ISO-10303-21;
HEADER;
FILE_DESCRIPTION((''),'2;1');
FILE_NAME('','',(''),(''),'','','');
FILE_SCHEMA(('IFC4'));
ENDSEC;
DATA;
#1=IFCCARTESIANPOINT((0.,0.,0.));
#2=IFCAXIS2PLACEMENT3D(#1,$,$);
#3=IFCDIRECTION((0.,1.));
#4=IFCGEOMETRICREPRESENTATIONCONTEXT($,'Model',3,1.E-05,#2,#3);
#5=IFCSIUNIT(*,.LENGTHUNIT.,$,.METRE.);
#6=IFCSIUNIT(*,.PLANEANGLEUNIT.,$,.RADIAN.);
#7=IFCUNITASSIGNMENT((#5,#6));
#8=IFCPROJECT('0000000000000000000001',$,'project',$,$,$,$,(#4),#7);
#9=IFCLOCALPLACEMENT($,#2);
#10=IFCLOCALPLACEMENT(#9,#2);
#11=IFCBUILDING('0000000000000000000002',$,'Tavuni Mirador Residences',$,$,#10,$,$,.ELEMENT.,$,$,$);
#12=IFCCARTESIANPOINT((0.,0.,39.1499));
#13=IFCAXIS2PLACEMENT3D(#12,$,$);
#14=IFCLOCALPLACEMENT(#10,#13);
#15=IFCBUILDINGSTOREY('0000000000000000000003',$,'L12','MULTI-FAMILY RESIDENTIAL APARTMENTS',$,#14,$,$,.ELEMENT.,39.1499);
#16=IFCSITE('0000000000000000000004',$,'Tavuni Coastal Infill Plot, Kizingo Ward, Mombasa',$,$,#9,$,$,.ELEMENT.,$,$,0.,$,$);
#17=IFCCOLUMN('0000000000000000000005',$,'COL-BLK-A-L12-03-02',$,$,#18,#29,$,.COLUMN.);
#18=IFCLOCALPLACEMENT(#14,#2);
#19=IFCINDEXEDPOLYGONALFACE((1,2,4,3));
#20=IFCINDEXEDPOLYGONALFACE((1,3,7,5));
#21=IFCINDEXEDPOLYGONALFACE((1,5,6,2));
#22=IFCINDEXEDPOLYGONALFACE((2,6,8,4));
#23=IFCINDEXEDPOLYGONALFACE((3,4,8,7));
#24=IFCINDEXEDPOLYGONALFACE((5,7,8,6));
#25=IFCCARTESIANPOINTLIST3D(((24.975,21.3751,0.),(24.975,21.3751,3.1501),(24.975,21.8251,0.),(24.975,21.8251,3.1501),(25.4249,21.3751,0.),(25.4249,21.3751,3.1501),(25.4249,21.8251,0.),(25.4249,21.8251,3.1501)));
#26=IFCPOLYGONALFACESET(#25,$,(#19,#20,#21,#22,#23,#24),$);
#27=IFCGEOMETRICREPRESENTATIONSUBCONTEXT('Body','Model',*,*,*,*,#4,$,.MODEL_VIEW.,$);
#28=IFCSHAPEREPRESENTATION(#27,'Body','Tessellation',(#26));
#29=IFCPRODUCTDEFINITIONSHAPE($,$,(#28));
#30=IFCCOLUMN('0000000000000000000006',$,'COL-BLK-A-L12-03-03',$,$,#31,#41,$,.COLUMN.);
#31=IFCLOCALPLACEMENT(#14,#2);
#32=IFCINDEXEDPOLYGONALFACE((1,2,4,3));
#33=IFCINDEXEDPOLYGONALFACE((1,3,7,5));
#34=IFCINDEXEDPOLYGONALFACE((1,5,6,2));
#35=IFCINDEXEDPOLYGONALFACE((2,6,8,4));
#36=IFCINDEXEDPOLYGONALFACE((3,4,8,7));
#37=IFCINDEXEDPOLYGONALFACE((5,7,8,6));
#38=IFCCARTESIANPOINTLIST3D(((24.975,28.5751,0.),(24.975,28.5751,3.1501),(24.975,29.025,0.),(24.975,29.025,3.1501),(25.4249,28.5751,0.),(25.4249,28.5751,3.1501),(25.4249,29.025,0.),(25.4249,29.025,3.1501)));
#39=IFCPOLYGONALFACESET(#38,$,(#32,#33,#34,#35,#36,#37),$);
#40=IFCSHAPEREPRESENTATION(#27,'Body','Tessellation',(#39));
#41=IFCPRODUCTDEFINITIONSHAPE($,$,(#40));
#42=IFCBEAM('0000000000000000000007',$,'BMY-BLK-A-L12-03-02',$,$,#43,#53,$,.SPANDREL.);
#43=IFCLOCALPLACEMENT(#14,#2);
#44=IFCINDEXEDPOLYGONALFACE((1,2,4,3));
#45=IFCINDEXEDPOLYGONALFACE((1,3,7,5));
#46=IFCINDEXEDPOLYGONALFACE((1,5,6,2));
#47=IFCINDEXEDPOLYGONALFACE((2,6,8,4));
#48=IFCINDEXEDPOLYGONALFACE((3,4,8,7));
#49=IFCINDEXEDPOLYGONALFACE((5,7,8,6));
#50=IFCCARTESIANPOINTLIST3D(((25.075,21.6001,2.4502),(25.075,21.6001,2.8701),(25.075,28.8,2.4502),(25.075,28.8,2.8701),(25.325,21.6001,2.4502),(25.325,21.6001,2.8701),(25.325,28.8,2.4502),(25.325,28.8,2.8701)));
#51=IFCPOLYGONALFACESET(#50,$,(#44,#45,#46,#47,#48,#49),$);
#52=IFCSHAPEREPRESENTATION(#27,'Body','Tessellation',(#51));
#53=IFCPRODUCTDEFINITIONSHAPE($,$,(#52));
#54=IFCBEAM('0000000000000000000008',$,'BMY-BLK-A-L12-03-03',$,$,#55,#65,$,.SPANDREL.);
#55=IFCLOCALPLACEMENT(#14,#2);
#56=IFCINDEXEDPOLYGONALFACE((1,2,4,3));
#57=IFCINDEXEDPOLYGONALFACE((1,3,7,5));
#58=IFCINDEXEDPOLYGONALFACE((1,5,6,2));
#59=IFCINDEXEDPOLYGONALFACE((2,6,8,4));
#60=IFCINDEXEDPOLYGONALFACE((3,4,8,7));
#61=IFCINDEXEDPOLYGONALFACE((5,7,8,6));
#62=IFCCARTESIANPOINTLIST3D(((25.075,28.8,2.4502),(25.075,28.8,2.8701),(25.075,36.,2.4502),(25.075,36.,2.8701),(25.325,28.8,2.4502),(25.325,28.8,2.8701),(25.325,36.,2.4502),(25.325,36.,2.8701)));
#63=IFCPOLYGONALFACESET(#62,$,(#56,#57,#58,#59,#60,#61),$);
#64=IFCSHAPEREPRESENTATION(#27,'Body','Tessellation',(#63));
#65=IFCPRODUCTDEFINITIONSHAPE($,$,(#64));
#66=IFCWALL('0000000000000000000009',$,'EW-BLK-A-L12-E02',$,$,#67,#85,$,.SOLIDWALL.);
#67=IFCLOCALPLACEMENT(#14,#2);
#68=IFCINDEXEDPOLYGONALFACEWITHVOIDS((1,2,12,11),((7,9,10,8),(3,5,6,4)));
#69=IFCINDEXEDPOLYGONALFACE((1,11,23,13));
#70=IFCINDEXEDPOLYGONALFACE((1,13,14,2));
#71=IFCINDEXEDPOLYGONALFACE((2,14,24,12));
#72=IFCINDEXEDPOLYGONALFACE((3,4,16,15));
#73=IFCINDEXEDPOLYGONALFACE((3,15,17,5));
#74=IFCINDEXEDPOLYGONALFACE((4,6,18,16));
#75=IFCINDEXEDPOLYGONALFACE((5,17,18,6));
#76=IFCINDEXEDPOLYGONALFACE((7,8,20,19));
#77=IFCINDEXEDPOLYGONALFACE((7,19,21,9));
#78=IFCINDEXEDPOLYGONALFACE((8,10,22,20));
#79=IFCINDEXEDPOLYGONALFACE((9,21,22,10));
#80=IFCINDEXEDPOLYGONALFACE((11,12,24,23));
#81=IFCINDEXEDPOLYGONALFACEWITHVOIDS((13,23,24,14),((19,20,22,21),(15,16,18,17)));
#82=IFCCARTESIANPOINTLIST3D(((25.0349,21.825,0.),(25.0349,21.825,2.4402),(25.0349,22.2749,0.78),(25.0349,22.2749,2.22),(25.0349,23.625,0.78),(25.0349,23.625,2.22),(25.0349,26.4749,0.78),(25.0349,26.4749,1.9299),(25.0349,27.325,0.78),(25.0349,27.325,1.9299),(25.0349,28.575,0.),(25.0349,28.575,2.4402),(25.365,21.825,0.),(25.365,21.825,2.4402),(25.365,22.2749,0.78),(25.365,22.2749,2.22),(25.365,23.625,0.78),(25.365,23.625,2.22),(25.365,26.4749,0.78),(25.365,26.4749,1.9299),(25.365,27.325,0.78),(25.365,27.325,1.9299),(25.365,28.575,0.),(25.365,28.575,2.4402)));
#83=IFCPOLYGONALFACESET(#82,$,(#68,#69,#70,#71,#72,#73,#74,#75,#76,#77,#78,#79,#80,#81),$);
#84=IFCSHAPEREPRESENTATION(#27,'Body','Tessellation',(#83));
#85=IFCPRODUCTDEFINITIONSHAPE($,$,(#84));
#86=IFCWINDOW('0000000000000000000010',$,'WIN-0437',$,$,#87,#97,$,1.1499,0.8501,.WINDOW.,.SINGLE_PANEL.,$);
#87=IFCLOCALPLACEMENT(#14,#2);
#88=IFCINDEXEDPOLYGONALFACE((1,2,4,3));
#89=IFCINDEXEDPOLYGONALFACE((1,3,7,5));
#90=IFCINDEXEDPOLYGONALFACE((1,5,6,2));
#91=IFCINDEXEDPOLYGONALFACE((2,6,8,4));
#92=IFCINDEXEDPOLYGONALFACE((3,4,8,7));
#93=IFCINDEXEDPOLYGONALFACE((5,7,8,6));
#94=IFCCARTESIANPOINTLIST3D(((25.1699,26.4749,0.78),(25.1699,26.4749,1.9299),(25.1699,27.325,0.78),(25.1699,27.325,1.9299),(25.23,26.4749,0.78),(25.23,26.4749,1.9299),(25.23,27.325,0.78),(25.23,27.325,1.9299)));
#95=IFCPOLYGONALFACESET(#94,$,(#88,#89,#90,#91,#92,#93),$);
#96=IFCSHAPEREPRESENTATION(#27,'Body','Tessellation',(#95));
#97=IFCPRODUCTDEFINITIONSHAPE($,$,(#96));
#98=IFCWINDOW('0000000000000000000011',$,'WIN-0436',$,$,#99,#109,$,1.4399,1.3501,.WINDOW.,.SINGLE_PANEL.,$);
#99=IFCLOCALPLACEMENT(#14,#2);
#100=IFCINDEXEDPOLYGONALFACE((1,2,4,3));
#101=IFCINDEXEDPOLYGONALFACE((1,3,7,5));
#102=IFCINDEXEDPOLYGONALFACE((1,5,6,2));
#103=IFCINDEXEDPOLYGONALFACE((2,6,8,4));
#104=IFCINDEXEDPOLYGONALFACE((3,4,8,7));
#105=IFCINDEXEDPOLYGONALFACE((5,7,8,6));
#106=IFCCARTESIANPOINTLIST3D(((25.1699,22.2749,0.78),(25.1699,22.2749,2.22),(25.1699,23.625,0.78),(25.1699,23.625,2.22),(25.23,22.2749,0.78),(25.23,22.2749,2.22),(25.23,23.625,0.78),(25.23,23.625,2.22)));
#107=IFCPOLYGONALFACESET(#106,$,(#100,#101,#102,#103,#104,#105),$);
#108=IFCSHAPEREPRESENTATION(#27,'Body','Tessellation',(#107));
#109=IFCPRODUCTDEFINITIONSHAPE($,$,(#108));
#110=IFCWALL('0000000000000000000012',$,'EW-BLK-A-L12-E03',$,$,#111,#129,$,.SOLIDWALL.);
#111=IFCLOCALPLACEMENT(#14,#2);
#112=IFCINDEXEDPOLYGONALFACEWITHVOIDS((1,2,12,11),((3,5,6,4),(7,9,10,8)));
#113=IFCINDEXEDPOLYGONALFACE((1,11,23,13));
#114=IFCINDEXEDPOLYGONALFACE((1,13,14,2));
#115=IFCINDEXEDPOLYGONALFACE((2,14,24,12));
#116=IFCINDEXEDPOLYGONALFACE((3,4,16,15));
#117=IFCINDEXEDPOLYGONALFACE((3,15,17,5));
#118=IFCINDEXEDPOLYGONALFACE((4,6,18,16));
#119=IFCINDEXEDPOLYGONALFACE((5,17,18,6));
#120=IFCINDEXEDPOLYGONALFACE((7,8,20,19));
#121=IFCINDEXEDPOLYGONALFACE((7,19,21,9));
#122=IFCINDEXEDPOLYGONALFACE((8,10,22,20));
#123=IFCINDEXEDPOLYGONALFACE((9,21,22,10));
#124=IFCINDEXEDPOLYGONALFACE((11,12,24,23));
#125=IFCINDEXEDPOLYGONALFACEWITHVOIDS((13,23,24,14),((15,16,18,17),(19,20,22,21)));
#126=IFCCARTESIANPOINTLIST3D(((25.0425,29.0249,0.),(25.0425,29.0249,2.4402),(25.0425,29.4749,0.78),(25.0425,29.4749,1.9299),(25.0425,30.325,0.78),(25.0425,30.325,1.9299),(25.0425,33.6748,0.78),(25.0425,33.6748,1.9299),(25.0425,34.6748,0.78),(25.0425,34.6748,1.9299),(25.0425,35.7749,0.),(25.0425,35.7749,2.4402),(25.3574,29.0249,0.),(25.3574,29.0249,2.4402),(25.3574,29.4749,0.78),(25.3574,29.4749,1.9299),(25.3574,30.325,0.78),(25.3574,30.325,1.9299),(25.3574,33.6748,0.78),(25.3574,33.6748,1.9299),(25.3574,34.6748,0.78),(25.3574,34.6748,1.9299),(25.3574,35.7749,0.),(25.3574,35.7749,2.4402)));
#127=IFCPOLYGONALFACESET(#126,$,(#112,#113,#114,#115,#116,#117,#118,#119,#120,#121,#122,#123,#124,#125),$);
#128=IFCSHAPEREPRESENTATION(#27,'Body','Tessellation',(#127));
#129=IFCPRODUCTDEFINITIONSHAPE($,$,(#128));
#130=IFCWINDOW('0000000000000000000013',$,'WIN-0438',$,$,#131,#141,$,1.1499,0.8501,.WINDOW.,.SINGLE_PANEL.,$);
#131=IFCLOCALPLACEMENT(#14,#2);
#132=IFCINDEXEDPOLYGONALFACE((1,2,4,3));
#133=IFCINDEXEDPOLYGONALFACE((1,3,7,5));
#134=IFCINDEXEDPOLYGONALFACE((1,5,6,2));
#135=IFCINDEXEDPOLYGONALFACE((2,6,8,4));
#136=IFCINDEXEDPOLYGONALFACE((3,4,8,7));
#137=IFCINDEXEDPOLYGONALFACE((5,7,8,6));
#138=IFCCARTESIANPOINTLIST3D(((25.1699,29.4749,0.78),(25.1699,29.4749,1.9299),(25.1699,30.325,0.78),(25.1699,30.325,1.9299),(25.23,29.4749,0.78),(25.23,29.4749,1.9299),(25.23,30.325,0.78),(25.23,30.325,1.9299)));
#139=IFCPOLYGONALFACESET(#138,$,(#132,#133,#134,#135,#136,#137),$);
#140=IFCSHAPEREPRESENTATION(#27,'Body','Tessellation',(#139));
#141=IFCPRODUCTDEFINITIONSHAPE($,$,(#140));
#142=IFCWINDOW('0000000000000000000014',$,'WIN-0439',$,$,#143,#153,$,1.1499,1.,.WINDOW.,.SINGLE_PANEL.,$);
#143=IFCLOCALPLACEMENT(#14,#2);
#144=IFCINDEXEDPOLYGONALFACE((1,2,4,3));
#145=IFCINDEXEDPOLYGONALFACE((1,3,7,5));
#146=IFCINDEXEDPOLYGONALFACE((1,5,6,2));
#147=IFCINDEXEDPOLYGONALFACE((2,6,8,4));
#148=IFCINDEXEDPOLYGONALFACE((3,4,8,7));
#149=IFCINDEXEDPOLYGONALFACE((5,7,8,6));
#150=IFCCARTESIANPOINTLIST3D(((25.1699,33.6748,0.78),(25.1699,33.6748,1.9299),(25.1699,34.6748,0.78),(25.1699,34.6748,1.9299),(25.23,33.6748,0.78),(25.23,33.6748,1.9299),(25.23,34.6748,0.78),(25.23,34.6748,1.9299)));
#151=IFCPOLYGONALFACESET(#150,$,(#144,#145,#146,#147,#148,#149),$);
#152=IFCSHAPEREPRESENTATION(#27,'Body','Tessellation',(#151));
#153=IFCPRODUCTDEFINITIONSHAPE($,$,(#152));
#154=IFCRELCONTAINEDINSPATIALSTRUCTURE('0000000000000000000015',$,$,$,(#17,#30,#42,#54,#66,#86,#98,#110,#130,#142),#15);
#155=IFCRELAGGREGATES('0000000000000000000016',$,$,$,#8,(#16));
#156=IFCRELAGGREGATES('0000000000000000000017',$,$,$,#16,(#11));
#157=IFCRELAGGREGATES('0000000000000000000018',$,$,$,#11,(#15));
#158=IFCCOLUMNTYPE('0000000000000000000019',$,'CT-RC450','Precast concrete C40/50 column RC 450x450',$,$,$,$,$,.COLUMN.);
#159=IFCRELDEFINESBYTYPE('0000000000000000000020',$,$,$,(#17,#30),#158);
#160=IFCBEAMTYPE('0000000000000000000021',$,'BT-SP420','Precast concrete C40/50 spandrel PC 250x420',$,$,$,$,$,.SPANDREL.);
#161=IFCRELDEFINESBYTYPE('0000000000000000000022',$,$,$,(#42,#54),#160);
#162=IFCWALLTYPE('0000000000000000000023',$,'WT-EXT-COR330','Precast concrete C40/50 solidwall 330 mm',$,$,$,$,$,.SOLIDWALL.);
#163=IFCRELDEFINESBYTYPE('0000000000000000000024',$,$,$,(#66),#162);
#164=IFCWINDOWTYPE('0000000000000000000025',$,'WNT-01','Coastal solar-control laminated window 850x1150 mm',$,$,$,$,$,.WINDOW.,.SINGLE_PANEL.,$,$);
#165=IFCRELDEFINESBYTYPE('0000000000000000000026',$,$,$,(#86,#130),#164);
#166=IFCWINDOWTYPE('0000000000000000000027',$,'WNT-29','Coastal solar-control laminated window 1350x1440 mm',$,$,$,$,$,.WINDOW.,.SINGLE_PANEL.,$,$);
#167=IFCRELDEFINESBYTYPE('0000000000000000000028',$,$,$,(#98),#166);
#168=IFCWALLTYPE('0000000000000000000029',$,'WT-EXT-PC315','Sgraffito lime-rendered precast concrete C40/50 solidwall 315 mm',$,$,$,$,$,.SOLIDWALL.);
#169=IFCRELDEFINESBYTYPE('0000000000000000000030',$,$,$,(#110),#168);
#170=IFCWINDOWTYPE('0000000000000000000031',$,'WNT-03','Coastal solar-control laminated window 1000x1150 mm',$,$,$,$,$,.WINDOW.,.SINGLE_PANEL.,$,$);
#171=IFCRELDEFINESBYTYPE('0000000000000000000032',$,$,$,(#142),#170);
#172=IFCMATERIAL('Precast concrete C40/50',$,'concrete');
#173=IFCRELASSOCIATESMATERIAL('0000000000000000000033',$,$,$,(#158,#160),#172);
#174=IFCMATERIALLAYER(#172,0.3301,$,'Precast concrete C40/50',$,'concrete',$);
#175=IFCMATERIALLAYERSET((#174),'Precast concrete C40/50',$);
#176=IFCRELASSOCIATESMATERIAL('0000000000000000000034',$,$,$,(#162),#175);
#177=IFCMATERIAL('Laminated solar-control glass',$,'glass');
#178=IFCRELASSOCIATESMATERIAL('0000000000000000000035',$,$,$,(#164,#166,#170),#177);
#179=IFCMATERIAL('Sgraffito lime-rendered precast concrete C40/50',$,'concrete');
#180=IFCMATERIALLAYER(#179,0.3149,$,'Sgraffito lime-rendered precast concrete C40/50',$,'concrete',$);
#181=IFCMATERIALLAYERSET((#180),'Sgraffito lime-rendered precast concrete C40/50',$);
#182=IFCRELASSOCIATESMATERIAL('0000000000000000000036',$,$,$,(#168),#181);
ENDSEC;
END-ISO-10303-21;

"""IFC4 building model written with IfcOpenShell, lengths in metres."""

from ifc_helpers import new_model, si_unit, direction, frame, frame_2d, origin, origin_2d, place, context, subcontext, project, spatial, rectangle, extrude, material, layer, layer_set, material_profile, profile_set, type_object, element, fill, save


model = new_model("IFC4")

# Units and contexts
model_context = context("Model", 3, precision=1e-05, world=origin(), true_north=direction((0.0, 1.0)))
body_context = subcontext(model_context, "Body", "Model", "MODEL_VIEW")
ifc_project = project(units=[si_unit("LENGTHUNIT", "METRE"), si_unit("PLANEANGLEUNIT", "RADIAN")], contexts=[model_context])

# Site, building, storey
site_placement = place(None, origin())
site = spatial("IfcSite", under=ifc_project, at=site_placement, Name="Tavuni Coastal Infill Plot, Kizingo Ward, Mombasa", CompositionType="ELEMENT", RefElevation=0.0)
building_placement = place(site_placement, origin())
building = spatial("IfcBuilding", under=site, at=building_placement, Name="Tavuni Mirador Residences", CompositionType="ELEMENT")
storey_placement = place(building_placement, frame((0.0, 0.0, 39.1499)))
storey = spatial("IfcBuildingStorey", under=building, at=storey_placement, Name="L12", Description="MULTI-FAMILY RESIDENTIAL APARTMENTS", CompositionType="ELEMENT", Elevation=39.1499)

# Columns
ifc_material_1 = material(Name="Precast concrete C40/50", Category="concrete")
ifc_material_profile_1 = material_profile(ifc_material_1, rectangle(XDim=0.45, YDim=0.45, at=origin_2d()), Name="RC 450x450", Category="concrete")
ifc_profile_set_1 = profile_set([ifc_material_profile_1], Name="Precast concrete C40/50")
column_type = type_object("IfcColumnType", Name="CT-RC450", Description="Precast concrete C40/50 column RC 450x450", PredefinedType="COLUMN", material=ifc_profile_set_1)
for number, where, z_axis, x_axis, name in (
    (1, (25.2, 21.6001, 0.0), (0.0, 0.0, 1.0), (1.0, 0.0, 0.0), "COL-BLK-A-L12-03-02"),
    (2, (25.2, 28.8, 0.0), (0.0, 0.0, 1.0), (1.0, 0.0, 0.0), "COL-BLK-A-L12-03-03"),
):
    element("IfcColumn", number, at=place(storey_placement, frame(where, z_axis=z_axis, x_axis=x_axis)), inside=storey, type_object=column_type, Name=name, PredefinedType="COLUMN", context=body_context, shape_type="SweptSolid", body=[
        extrude(rectangle(XDim=0.45, YDim=0.45, at=origin_2d()), origin(), (0.0, 0.0, 1.0), 3.1501),
    ])

# Beams
ifc_material_profile_2 = material_profile(ifc_material_1, rectangle(XDim=0.25, YDim=0.4199, at=origin_2d()), Name="PC 250x420", Category="concrete")
ifc_profile_set_2 = profile_set([ifc_material_profile_2], Name="Precast concrete C40/50")
beam_type = type_object("IfcBeamType", Name="BT-SP420", Description="Precast concrete C40/50 spandrel PC 250x420", PredefinedType="SPANDREL", material=ifc_profile_set_2)
for number, where, z_axis, x_axis, name in (
    (3, (25.2, 21.6001, 2.6602), (0.0, 1.0, 0.0), (-1.0, 0.0, 0.0), "BMY-BLK-A-L12-03-02"),
    (4, (25.2, 28.8, 2.6602), (0.0, 1.0, 0.0), (-1.0, 0.0, 0.0), "BMY-BLK-A-L12-03-03"),
):
    element("IfcBeam", number, at=place(storey_placement, frame(where, z_axis=z_axis, x_axis=x_axis)), inside=storey, type_object=beam_type, Name=name, PredefinedType="SPANDREL", context=body_context, shape_type="SweptSolid", body=[
        extrude(rectangle(XDim=0.25, YDim=0.4199, at=origin_2d()), origin(), (0.0, 0.0, 1.0), 7.2),
    ])

# Walls, openings, windows
ifc_layer_1 = layer(ifc_material_1, 0.3301, Name="Precast concrete C40/50", Category="concrete")
ifc_layer_set_1 = layer_set([ifc_layer_1], Name="Precast concrete C40/50")
wall_type_1 = type_object("IfcWallType", Name="WT-EXT-COR330", Description="Precast concrete C40/50 solidwall 330 mm", PredefinedType="SOLIDWALL", material=ifc_layer_set_1)
wall_1_placement = place(storey_placement, frame((25.2, 21.825, 0.0), z_axis=(0.0, 0.0, 1.0), x_axis=(0.0, 1.0, 0.0)))
wall_1 = element("IfcWall", 5, at=wall_1_placement, inside=storey, type_object=wall_type_1, Name="EW-BLK-A-L12-E02", PredefinedType="SOLIDWALL", context=body_context, shape_type="SweptSolid", body=[
    extrude(rectangle(XDim=6.75, YDim=0.3301, at=frame_2d((3.375, 0.0))), origin(), (0.0, 0.0, 1.0), 2.4402),
])
opening_1_placement = place(wall_1_placement, frame((0.45, 0.0, 0.78)))
opening_1 = element("IfcOpeningElement", 6, at=opening_1_placement, cuts=wall_1, PredefinedType="OPENING", context=body_context, shape_type="SweptSolid", body=[
    extrude(rectangle(XDim=1.3501, YDim=1.4399, at=frame_2d((0.675, 0.72))), frame((0.0, 0.175, 0.0), z_axis=(0.0, -1.0, 0.0), x_axis=(1.0, 0.0, 0.0)), (0.0, 0.0, 1.0), 0.3501),
])
opening_2_placement = place(wall_1_placement, frame((4.6499, 0.0, 0.78)))
opening_2 = element("IfcOpeningElement", 7, at=opening_2_placement, cuts=wall_1, PredefinedType="OPENING", context=body_context, shape_type="SweptSolid", body=[
    extrude(rectangle(XDim=0.8501, YDim=1.1499, at=frame_2d((0.425, 0.575))), frame((0.0, 0.175, 0.0), z_axis=(0.0, -1.0, 0.0), x_axis=(1.0, 0.0, 0.0)), (0.0, 0.0, 1.0), 0.3501),
])
ifc_material_2 = material(Name="Laminated solar-control glass", Category="glass")
window_type_1 = type_object("IfcWindowType", Name="WNT-01", Description="Coastal solar-control laminated window 850x1150 mm", PartitioningType="SINGLE_PANEL", PredefinedType="WINDOW", material=ifc_material_2)
window_1_placement = place(opening_2_placement, origin())
window_1 = element("IfcWindow", 8, at=window_1_placement, inside=storey, type_object=window_type_1, Name="WIN-0437", OverallHeight=1.1499, OverallWidth=0.8501, PartitioningType="SINGLE_PANEL", PredefinedType="WINDOW", context=body_context, shape_type="SweptSolid", body=[
    extrude(rectangle(XDim=0.8501, YDim=1.1499, at=frame_2d((0.425, 0.575))), frame((0.0, 0.03, 0.0), z_axis=(0.0, -1.0, 0.0), x_axis=(1.0, 0.0, 0.0)), (0.0, 0.0, 1.0), 0.0601),
])
fill(opening_2, window_1)
window_type_2 = type_object("IfcWindowType", Name="WNT-29", Description="Coastal solar-control laminated window 1350x1440 mm", PartitioningType="SINGLE_PANEL", PredefinedType="WINDOW", material=ifc_material_2)
window_2_placement = place(opening_1_placement, origin())
window_2 = element("IfcWindow", 9, at=window_2_placement, inside=storey, type_object=window_type_2, Name="WIN-0436", OverallHeight=1.4399, OverallWidth=1.3501, PartitioningType="SINGLE_PANEL", PredefinedType="WINDOW", context=body_context, shape_type="SweptSolid", body=[
    extrude(rectangle(XDim=1.3501, YDim=1.4399, at=frame_2d((0.675, 0.72))), frame((0.0, 0.03, 0.0), z_axis=(0.0, -1.0, 0.0), x_axis=(1.0, 0.0, 0.0)), (0.0, 0.0, 1.0), 0.0601),
])
fill(opening_1, window_2)
ifc_material_3 = material(Name="Sgraffito lime-rendered precast concrete C40/50", Category="concrete")
ifc_layer_2 = layer(ifc_material_3, 0.3149, Name="Sgraffito lime-rendered precast concrete C40/50", Category="concrete")
ifc_layer_set_2 = layer_set([ifc_layer_2], Name="Sgraffito lime-rendered precast concrete C40/50")
wall_type_2 = type_object("IfcWallType", Name="WT-EXT-PC315", Description="Sgraffito lime-rendered precast concrete C40/50 solidwall 315 mm", PredefinedType="SOLIDWALL", material=ifc_layer_set_2)
wall_2_placement = place(storey_placement, frame((25.2, 29.0249, 0.0), z_axis=(0.0, 0.0, 1.0), x_axis=(0.0, 1.0, 0.0)))
wall_2 = element("IfcWall", 10, at=wall_2_placement, inside=storey, type_object=wall_type_2, Name="EW-BLK-A-L12-E03", PredefinedType="SOLIDWALL", context=body_context, shape_type="SweptSolid", body=[
    extrude(rectangle(XDim=6.75, YDim=0.3149, at=frame_2d((3.375, 0.0))), origin(), (0.0, 0.0, 1.0), 2.4402),
])
opening_3_placement = place(wall_2_placement, frame((0.45, 0.0, 0.78)))
opening_3 = element("IfcOpeningElement", 11, at=opening_3_placement, cuts=wall_2, PredefinedType="OPENING", context=body_context, shape_type="SweptSolid", body=[
    extrude(rectangle(XDim=0.8501, YDim=1.1499, at=frame_2d((0.425, 0.575))), frame((0.0, 0.1675, 0.0), z_axis=(0.0, -1.0, 0.0), x_axis=(1.0, 0.0, 0.0)), (0.0, 0.0, 1.0), 0.335),
])
opening_4_placement = place(wall_2_placement, frame((4.6499, 0.0, 0.78)))
opening_4 = element("IfcOpeningElement", 12, at=opening_4_placement, cuts=wall_2, PredefinedType="OPENING", context=body_context, shape_type="SweptSolid", body=[
    extrude(rectangle(XDim=1.0, YDim=1.1499, at=frame_2d((0.5, 0.575))), frame((0.0, 0.1675, 0.0), z_axis=(0.0, -1.0, 0.0), x_axis=(1.0, 0.0, 0.0)), (0.0, 0.0, 1.0), 0.335),
])
window_3_placement = place(opening_3_placement, origin())
window_3 = element("IfcWindow", 13, at=window_3_placement, inside=storey, type_object=window_type_1, Name="WIN-0438", OverallHeight=1.1499, OverallWidth=0.8501, PartitioningType="SINGLE_PANEL", PredefinedType="WINDOW", context=body_context, shape_type="SweptSolid", body=[
    extrude(rectangle(XDim=0.8501, YDim=1.1499, at=frame_2d((0.425, 0.575))), frame((0.0, 0.03, 0.0), z_axis=(0.0, -1.0, 0.0), x_axis=(1.0, 0.0, 0.0)), (0.0, 0.0, 1.0), 0.0601),
])
fill(opening_3, window_3)
window_type_3 = type_object("IfcWindowType", Name="WNT-03", Description="Coastal solar-control laminated window 1000x1150 mm", PartitioningType="SINGLE_PANEL", PredefinedType="WINDOW", material=ifc_material_2)
window_4_placement = place(opening_4_placement, origin())
window_4 = element("IfcWindow", 14, at=window_4_placement, inside=storey, type_object=window_type_3, Name="WIN-0439", OverallHeight=1.1499, OverallWidth=1.0, PartitioningType="SINGLE_PANEL", PredefinedType="WINDOW", context=body_context, shape_type="SweptSolid", body=[
    extrude(rectangle(XDim=1.0, YDim=1.1499, at=frame_2d((0.5, 0.575))), frame((0.0, 0.03, 0.0), z_axis=(0.0, -1.0, 0.0), x_axis=(1.0, 0.0, 0.0)), (0.0, 0.0, 1.0), 0.0601),
])
fill(opening_4, window_4)

save(model, "model.ifc")
